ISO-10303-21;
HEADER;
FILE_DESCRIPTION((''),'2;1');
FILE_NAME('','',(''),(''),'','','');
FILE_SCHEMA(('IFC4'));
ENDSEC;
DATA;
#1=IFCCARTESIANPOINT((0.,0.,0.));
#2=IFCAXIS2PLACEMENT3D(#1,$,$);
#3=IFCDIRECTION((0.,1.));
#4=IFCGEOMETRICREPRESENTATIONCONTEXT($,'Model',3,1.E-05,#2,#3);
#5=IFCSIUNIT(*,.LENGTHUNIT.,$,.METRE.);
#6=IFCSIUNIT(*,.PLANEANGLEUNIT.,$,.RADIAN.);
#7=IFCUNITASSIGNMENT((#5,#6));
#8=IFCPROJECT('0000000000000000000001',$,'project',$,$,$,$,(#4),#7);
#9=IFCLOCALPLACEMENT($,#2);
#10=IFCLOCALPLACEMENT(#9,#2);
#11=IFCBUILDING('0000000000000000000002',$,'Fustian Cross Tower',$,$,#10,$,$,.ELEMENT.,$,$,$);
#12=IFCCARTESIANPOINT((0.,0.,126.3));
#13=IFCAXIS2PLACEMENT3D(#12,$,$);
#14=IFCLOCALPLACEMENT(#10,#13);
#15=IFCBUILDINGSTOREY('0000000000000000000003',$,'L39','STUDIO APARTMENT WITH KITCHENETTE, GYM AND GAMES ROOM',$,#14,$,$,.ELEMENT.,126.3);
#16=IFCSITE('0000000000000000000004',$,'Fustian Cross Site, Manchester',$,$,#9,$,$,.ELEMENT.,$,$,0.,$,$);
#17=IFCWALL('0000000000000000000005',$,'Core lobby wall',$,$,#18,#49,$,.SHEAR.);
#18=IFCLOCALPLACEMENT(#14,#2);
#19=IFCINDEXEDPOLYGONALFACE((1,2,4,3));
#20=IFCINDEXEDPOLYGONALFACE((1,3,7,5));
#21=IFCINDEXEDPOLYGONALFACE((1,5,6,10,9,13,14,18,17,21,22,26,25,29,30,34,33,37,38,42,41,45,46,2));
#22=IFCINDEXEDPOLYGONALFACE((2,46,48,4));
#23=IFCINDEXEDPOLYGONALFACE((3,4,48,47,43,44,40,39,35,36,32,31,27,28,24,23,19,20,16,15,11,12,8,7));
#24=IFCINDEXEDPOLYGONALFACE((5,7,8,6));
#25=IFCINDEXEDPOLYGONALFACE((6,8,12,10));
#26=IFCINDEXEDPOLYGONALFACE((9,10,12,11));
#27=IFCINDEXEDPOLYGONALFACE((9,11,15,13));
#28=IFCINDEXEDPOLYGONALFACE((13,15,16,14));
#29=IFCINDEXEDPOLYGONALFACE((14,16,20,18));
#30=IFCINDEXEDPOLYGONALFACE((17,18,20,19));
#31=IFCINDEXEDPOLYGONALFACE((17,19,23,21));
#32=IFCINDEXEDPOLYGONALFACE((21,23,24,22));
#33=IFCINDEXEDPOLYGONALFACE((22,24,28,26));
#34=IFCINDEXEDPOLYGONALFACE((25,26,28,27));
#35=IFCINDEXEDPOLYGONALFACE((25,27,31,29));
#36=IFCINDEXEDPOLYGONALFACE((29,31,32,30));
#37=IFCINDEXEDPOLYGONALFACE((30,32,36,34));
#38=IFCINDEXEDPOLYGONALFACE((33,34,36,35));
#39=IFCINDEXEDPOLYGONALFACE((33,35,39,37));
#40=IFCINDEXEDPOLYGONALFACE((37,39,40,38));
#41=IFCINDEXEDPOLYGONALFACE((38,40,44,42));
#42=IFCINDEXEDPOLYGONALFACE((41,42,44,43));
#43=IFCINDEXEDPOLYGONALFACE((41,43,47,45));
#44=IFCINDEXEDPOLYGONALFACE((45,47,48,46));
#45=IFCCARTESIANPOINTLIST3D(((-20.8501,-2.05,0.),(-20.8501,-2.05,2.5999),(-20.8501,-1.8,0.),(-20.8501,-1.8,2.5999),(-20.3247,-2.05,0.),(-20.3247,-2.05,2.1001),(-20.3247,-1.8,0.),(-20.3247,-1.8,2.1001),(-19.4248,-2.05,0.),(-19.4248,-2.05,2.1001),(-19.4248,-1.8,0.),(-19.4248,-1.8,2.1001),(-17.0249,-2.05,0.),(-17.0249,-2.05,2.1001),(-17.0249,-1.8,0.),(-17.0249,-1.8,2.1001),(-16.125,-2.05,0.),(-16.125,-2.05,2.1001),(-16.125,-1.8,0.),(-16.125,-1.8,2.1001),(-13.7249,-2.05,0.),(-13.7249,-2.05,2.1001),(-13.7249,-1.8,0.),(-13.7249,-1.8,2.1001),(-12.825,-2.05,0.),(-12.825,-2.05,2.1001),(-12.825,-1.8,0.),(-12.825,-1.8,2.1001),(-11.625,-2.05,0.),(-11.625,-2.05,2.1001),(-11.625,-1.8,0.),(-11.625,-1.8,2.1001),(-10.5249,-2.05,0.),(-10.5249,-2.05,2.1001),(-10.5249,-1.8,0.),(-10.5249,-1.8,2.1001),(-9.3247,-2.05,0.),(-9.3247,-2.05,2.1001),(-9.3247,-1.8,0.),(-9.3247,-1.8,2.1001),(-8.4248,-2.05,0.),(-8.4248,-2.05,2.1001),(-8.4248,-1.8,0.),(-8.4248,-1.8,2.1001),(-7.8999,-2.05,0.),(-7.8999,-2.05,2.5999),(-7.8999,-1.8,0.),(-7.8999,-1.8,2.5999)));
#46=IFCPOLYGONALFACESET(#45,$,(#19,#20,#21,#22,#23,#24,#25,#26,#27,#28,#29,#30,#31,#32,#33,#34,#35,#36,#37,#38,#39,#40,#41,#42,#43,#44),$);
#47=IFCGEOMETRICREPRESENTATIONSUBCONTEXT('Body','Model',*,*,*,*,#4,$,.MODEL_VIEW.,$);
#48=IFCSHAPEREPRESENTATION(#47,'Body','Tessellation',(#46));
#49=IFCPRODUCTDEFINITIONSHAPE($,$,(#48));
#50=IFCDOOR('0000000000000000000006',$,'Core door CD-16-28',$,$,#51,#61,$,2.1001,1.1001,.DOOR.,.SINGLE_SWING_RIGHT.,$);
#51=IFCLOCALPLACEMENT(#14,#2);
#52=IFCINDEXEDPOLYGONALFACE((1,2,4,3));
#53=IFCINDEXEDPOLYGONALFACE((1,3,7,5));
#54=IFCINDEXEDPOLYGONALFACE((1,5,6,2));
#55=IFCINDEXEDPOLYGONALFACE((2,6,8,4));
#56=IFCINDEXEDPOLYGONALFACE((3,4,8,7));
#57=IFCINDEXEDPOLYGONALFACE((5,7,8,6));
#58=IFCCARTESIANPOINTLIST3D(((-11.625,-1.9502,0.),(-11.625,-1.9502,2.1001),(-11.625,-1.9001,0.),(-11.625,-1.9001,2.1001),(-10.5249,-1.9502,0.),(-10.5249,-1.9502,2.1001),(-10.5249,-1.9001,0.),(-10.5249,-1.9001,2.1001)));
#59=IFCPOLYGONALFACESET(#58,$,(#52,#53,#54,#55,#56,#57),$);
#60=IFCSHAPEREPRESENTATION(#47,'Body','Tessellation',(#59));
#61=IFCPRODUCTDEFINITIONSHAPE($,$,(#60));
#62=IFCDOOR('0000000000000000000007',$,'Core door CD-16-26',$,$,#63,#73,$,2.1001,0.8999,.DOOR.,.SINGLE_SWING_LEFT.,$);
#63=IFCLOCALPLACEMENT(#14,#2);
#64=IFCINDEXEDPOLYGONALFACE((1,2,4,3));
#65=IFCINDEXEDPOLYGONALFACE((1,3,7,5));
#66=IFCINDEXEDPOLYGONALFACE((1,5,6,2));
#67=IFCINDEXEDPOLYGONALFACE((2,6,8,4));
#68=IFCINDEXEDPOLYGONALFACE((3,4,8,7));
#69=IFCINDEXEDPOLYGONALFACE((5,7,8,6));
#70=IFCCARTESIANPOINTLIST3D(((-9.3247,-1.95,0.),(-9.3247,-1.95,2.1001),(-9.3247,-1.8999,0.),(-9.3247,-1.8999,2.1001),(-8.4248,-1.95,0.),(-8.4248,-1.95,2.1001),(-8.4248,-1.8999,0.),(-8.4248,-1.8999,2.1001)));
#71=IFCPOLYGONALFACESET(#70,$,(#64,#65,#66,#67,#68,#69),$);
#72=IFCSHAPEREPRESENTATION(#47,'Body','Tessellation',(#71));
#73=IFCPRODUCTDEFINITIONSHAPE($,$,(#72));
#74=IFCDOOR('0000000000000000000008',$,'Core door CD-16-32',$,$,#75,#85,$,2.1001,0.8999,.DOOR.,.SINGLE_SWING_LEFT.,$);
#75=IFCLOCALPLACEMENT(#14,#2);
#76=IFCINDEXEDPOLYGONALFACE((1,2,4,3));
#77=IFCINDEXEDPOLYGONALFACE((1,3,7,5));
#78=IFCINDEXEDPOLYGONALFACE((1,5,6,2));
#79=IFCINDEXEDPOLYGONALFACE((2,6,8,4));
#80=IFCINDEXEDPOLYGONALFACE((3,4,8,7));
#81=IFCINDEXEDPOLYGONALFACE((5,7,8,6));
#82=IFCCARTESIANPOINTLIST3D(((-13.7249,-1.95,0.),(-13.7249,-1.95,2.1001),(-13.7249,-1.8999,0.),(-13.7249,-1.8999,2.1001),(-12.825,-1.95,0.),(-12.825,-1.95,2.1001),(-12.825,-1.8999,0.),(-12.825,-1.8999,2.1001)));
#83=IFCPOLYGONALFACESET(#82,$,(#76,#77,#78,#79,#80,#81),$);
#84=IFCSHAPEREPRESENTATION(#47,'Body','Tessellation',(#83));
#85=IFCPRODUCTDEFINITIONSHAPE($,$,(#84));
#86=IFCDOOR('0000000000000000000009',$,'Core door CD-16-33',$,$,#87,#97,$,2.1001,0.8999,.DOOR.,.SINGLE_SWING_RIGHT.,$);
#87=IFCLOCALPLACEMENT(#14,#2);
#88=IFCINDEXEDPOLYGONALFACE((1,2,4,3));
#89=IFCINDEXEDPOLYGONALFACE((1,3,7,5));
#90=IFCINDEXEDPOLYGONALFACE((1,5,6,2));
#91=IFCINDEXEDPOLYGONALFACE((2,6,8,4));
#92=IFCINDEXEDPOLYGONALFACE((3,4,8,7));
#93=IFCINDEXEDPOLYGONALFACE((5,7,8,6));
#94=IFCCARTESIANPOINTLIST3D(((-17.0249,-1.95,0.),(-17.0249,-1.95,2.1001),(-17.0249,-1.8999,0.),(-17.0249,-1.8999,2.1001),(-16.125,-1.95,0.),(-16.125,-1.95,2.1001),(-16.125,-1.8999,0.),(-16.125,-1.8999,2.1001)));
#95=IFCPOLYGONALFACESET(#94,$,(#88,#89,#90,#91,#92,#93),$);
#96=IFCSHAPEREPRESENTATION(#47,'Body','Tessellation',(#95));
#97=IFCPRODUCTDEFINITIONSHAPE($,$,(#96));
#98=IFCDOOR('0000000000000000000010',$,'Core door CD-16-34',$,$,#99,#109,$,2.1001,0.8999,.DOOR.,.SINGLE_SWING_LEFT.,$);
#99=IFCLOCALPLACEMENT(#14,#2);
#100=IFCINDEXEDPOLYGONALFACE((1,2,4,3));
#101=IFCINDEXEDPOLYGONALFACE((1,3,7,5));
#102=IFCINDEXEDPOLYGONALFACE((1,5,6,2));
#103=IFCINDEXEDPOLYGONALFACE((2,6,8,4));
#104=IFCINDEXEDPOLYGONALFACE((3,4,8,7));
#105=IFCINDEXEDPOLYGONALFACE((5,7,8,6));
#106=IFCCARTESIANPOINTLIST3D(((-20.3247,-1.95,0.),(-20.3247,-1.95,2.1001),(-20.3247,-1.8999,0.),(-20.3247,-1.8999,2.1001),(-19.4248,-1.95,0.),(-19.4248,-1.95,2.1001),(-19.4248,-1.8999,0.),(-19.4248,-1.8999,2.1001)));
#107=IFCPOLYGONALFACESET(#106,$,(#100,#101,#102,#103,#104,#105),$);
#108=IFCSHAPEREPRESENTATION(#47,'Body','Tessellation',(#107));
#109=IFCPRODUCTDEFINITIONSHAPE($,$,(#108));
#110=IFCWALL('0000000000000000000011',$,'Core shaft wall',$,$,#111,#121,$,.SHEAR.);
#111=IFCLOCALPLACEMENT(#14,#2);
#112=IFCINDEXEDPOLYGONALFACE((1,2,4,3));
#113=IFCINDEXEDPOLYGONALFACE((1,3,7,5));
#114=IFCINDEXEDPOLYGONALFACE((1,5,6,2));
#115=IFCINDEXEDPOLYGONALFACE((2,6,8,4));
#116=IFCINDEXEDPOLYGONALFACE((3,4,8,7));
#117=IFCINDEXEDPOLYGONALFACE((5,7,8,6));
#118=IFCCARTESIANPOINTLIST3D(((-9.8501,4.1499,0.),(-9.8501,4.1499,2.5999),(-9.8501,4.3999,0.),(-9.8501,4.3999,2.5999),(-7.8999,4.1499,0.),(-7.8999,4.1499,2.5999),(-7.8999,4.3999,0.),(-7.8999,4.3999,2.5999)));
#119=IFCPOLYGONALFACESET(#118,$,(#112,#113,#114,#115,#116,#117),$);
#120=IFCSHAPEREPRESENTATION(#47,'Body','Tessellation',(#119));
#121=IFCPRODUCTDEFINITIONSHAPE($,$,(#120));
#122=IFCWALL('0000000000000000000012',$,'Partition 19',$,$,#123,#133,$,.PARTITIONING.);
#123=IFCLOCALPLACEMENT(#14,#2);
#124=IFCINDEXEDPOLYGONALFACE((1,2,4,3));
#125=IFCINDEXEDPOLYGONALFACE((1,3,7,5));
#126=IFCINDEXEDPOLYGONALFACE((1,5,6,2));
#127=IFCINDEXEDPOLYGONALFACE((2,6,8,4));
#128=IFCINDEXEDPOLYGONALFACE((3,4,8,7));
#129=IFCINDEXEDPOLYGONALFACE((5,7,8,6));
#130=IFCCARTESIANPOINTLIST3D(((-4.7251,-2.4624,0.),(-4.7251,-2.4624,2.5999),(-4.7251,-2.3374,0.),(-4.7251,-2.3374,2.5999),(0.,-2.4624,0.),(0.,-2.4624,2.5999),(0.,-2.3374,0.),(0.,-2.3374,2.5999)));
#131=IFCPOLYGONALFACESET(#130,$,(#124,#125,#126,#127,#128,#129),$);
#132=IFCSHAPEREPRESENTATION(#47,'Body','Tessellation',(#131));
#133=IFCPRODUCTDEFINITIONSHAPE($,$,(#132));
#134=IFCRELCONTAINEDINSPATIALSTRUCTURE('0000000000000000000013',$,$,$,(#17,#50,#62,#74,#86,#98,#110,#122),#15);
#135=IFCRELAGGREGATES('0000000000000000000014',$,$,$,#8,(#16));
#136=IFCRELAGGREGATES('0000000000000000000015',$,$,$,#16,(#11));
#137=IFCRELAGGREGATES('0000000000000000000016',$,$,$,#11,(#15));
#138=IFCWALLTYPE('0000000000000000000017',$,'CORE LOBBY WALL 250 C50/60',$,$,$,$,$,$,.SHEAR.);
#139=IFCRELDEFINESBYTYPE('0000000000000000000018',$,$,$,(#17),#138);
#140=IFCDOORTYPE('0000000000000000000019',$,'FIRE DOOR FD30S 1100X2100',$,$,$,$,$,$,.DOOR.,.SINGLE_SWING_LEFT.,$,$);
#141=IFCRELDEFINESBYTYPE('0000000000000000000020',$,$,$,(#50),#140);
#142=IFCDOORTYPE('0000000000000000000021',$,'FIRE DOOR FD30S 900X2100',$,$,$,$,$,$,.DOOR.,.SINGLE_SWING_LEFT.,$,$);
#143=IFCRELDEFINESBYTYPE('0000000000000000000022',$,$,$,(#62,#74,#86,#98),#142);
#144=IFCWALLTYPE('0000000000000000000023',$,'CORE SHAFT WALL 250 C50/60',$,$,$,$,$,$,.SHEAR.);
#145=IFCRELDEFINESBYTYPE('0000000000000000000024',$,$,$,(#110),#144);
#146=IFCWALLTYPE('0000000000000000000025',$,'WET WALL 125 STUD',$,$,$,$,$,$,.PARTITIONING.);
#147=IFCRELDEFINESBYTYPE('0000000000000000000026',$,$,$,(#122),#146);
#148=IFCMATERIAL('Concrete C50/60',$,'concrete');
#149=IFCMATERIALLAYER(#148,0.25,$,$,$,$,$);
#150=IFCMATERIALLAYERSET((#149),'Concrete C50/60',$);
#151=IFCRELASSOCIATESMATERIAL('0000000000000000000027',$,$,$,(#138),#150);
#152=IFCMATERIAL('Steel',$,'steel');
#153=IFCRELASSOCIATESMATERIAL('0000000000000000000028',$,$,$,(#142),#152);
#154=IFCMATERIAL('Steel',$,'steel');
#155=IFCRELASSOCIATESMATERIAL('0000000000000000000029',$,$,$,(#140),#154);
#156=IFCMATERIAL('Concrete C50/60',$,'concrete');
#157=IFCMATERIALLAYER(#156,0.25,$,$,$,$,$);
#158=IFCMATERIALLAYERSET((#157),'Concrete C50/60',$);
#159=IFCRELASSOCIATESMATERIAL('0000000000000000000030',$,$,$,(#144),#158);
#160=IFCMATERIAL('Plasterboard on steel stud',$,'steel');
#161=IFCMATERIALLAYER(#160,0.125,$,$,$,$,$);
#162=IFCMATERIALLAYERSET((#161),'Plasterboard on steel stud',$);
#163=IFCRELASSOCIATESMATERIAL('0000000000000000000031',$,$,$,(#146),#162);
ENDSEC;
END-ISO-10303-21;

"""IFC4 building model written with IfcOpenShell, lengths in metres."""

from ifc_helpers import new_model, si_unit, direction, frame, frame_2d, origin, place, context, subcontext, project, spatial, rectangle, extrude, material, layer, layer_set, type_object, element, fill, save


model = new_model("IFC4")

# Units and contexts
model_context = context("Model", 3, precision=1e-05, world=origin(), true_north=direction((0.0, 1.0)))
body_context = subcontext(model_context, "Body", "Model", "MODEL_VIEW")
ifc_project = project(units=[si_unit("LENGTHUNIT", "METRE"), si_unit("PLANEANGLEUNIT", "RADIAN")], contexts=[model_context])

# Site, building, storey
site_placement = place(None, origin())
site = spatial("IfcSite", under=ifc_project, at=site_placement, Name="Fustian Cross Site, Manchester", CompositionType="ELEMENT", RefElevation=0.0)
building_placement = place(site_placement, origin())
building = spatial("IfcBuilding", under=site, at=building_placement, Name="Fustian Cross Tower", CompositionType="ELEMENT")
storey_placement = place(building_placement, frame((0.0, 0.0, 126.3)))
storey = spatial("IfcBuildingStorey", under=building, at=storey_placement, Name="L39", Description="STUDIO APARTMENT WITH KITCHENETTE, GYM AND GAMES ROOM", CompositionType="ELEMENT", Elevation=126.3)

# Wall, openings, doors
ifc_material_1 = material(Name="Concrete C50/60", Category="concrete")
ifc_layer_1 = layer(ifc_material_1, 0.25)
ifc_layer_set_1 = layer_set([ifc_layer_1], Name="Concrete C50/60")
wall_type_1 = type_object("IfcWallType", Name="CORE LOBBY WALL 250 C50/60", PredefinedType="SHEAR", material=ifc_layer_set_1)
ifc_material_2 = material(Name="Steel", Category="steel")
door_type_1 = type_object("IfcDoorType", Name="FIRE DOOR FD30S 900X2100", OperationType="SINGLE_SWING_LEFT", PredefinedType="DOOR", material=ifc_material_2)
wall_1_placement = place(storey_placement, frame((-7.8999, -1.925, 0.0), z_axis=(0.0, 0.0, 1.0), x_axis=(-1.0, 0.0, 0.0)))
wall_1 = element("IfcWall", 1, at=wall_1_placement, inside=storey, type_object=wall_type_1, Name="Core lobby wall", PredefinedType="SHEAR", context=body_context, shape_type="SweptSolid", body=[
    extrude(rectangle(XDim=12.9502, YDim=0.25, at=frame_2d((6.4751, 0.0))), origin(), (0.0, 0.0, 1.0), 2.5999),
])
opening_1_placement = place(wall_1_placement, frame((0.5249, 0.0, 0.0)))
opening_1 = element("IfcOpeningElement", 2, at=opening_1_placement, cuts=wall_1, PredefinedType="OPENING", context=body_context, shape_type="SweptSolid", body=[
    extrude(rectangle(XDim=0.8999, YDim=2.1001, at=frame_2d((0.45, 1.05))), frame((0.0, 0.135, 0.0), z_axis=(0.0, -1.0, 0.0), x_axis=(1.0, 0.0, 0.0)), (0.0, 0.0, 1.0), 0.27),
])
opening_2_placement = place(wall_1_placement, frame((2.625, 0.0, 0.0)))
opening_2 = element("IfcOpeningElement", 3, at=opening_2_placement, cuts=wall_1, PredefinedType="OPENING", context=body_context, shape_type="SweptSolid", body=[
    extrude(rectangle(XDim=1.1001, YDim=2.1001, at=frame_2d((0.55, 1.05))), frame((0.0, 0.135, 0.0), z_axis=(0.0, -1.0, 0.0), x_axis=(1.0, 0.0, 0.0)), (0.0, 0.0, 1.0), 0.27),
])
opening_3_placement = place(wall_1_placement, frame((4.925, 0.0, 0.0)))
opening_3 = element("IfcOpeningElement", 4, at=opening_3_placement, cuts=wall_1, PredefinedType="OPENING", context=body_context, shape_type="SweptSolid", body=[
    extrude(rectangle(XDim=0.8999, YDim=2.1001, at=frame_2d((0.45, 1.05))), frame((0.0, 0.135, 0.0), z_axis=(0.0, -1.0, 0.0), x_axis=(1.0, 0.0, 0.0)), (0.0, 0.0, 1.0), 0.27),
])
opening_4_placement = place(wall_1_placement, frame((8.2251, 0.0, 0.0)))
opening_4 = element("IfcOpeningElement", 5, at=opening_4_placement, cuts=wall_1, PredefinedType="OPENING", context=body_context, shape_type="SweptSolid", body=[
    extrude(rectangle(XDim=0.8999, YDim=2.1001, at=frame_2d((0.45, 1.05))), frame((0.0, 0.135, 0.0), z_axis=(0.0, -1.0, 0.0), x_axis=(1.0, 0.0, 0.0)), (0.0, 0.0, 1.0), 0.27),
])
opening_5_placement = place(wall_1_placement, frame((11.5249, 0.0, 0.0)))
opening_5 = element("IfcOpeningElement", 6, at=opening_5_placement, cuts=wall_1, PredefinedType="OPENING", context=body_context, shape_type="SweptSolid", body=[
    extrude(rectangle(XDim=0.8999, YDim=2.1001, at=frame_2d((0.45, 1.05))), frame((0.0, 0.135, 0.0), z_axis=(0.0, -1.0, 0.0), x_axis=(1.0, 0.0, 0.0)), (0.0, 0.0, 1.0), 0.27),
])
ifc_material_3 = material(Name="Steel", Category="steel")
door_type_2 = type_object("IfcDoorType", Name="FIRE DOOR FD30S 1100X2100", OperationType="SINGLE_SWING_LEFT", PredefinedType="DOOR", material=ifc_material_3)
door_1_placement = place(opening_2_placement, frame((1.1001, 0.0, 0.0), z_axis=(0.0, 0.0, 1.0), x_axis=(-1.0, 0.0, 0.0)))
door_1 = element("IfcDoor", 7, at=door_1_placement, inside=storey, type_object=door_type_2, Name="Core door CD-16-28", OperationType="SINGLE_SWING_RIGHT", OverallHeight=2.1001, OverallWidth=1.1001, PredefinedType="DOOR", context=body_context, shape_type="SweptSolid", body=[
    extrude(rectangle(XDim=1.1001, YDim=2.1001, at=frame_2d((0.55, 1.05))), frame((0.0, 0.0249, 0.0), z_axis=(0.0, -1.0, 0.0), x_axis=(1.0, 0.0, 0.0)), (0.0, 0.0, 1.0), 0.05),
])
fill(opening_2, door_1)
door_2_placement = place(opening_1_placement, origin())
door_2 = element("IfcDoor", 8, at=door_2_placement, inside=storey, type_object=door_type_1, Name="Core door CD-16-26", OperationType="SINGLE_SWING_LEFT", OverallHeight=2.1001, OverallWidth=0.8999, PredefinedType="DOOR", context=body_context, shape_type="SweptSolid", body=[
    extrude(rectangle(XDim=0.8999, YDim=2.1001, at=frame_2d((0.45, 1.05))), frame((0.0, 0.0249, 0.0), z_axis=(0.0, -1.0, 0.0), x_axis=(1.0, 0.0, 0.0)), (0.0, 0.0, 1.0), 0.05),
])
fill(opening_1, door_2)
door_3_placement = place(opening_3_placement, origin())
door_3 = element("IfcDoor", 9, at=door_3_placement, inside=storey, type_object=door_type_1, Name="Core door CD-16-32", OperationType="SINGLE_SWING_LEFT", OverallHeight=2.1001, OverallWidth=0.8999, PredefinedType="DOOR", context=body_context, shape_type="SweptSolid", body=[
    extrude(rectangle(XDim=0.8999, YDim=2.1001, at=frame_2d((0.45, 1.05))), frame((0.0, 0.0249, 0.0), z_axis=(0.0, -1.0, 0.0), x_axis=(1.0, 0.0, 0.0)), (0.0, 0.0, 1.0), 0.05),
])
fill(opening_3, door_3)
door_4_placement = place(opening_4_placement, origin())
door_4 = element("IfcDoor", 10, at=door_4_placement, inside=storey, type_object=door_type_1, Name="Core door CD-16-33", OperationType="SINGLE_SWING_RIGHT", OverallHeight=2.1001, OverallWidth=0.8999, PredefinedType="DOOR", context=body_context, shape_type="SweptSolid", body=[
    extrude(rectangle(XDim=0.8999, YDim=2.1001, at=frame_2d((0.45, 1.05))), frame((0.0, 0.0249, 0.0), z_axis=(0.0, -1.0, 0.0), x_axis=(1.0, 0.0, 0.0)), (0.0, 0.0, 1.0), 0.05),
])
fill(opening_4, door_4)
door_5_placement = place(opening_5_placement, origin())
door_5 = element("IfcDoor", 11, at=door_5_placement, inside=storey, type_object=door_type_1, Name="Core door CD-16-34", OperationType="SINGLE_SWING_LEFT", OverallHeight=2.1001, OverallWidth=0.8999, PredefinedType="DOOR", context=body_context, shape_type="SweptSolid", body=[
    extrude(rectangle(XDim=0.8999, YDim=2.1001, at=frame_2d((0.45, 1.05))), frame((0.0, 0.0249, 0.0), z_axis=(0.0, -1.0, 0.0), x_axis=(1.0, 0.0, 0.0)), (0.0, 0.0, 1.0), 0.05),
])
fill(opening_5, door_5)

# Walls
ifc_material_4 = material(Name="Concrete C50/60", Category="concrete")
ifc_layer_2 = layer(ifc_material_4, 0.25)
ifc_layer_set_2 = layer_set([ifc_layer_2], Name="Concrete C50/60")
wall_type_2 = type_object("IfcWallType", Name="CORE SHAFT WALL 250 C50/60", PredefinedType="SHEAR", material=ifc_layer_set_2)
wall_2_placement = place(storey_placement, frame((-7.8999, 4.2749, 0.0), z_axis=(0.0, 0.0, 1.0), x_axis=(-1.0, 0.0, 0.0)))
element("IfcWall", 12, at=wall_2_placement, inside=storey, type_object=wall_type_2, Name="Core shaft wall", PredefinedType="SHEAR", context=body_context, shape_type="SweptSolid", body=[
    extrude(rectangle(XDim=1.9502, YDim=0.25, at=frame_2d((0.9751, 0.0))), origin(), (0.0, 0.0, 1.0), 2.5999),
])
ifc_material_5 = material(Name="Plasterboard on steel stud", Category="steel")
ifc_layer_3 = layer(ifc_material_5, 0.125)
ifc_layer_set_3 = layer_set([ifc_layer_3], Name="Plasterboard on steel stud")
wall_type_3 = type_object("IfcWallType", Name="WET WALL 125 STUD", PredefinedType="PARTITIONING", material=ifc_layer_set_3)
wall_3_placement = place(storey_placement, frame((-4.7251, -2.3999, 0.0), z_axis=(0.0, 0.0, 1.0), x_axis=(1.0, 0.0, 0.0)))
element("IfcWall", 13, at=wall_3_placement, inside=storey, type_object=wall_type_3, Name="Partition 19", PredefinedType="PARTITIONING", context=body_context, shape_type="SweptSolid", body=[
    extrude(rectangle(XDim=4.7251, YDim=0.125, at=frame_2d((2.3625, 0.0))), origin(), (0.0, 0.0, 1.0), 2.5999),
])

save(model, "model.ifc")
